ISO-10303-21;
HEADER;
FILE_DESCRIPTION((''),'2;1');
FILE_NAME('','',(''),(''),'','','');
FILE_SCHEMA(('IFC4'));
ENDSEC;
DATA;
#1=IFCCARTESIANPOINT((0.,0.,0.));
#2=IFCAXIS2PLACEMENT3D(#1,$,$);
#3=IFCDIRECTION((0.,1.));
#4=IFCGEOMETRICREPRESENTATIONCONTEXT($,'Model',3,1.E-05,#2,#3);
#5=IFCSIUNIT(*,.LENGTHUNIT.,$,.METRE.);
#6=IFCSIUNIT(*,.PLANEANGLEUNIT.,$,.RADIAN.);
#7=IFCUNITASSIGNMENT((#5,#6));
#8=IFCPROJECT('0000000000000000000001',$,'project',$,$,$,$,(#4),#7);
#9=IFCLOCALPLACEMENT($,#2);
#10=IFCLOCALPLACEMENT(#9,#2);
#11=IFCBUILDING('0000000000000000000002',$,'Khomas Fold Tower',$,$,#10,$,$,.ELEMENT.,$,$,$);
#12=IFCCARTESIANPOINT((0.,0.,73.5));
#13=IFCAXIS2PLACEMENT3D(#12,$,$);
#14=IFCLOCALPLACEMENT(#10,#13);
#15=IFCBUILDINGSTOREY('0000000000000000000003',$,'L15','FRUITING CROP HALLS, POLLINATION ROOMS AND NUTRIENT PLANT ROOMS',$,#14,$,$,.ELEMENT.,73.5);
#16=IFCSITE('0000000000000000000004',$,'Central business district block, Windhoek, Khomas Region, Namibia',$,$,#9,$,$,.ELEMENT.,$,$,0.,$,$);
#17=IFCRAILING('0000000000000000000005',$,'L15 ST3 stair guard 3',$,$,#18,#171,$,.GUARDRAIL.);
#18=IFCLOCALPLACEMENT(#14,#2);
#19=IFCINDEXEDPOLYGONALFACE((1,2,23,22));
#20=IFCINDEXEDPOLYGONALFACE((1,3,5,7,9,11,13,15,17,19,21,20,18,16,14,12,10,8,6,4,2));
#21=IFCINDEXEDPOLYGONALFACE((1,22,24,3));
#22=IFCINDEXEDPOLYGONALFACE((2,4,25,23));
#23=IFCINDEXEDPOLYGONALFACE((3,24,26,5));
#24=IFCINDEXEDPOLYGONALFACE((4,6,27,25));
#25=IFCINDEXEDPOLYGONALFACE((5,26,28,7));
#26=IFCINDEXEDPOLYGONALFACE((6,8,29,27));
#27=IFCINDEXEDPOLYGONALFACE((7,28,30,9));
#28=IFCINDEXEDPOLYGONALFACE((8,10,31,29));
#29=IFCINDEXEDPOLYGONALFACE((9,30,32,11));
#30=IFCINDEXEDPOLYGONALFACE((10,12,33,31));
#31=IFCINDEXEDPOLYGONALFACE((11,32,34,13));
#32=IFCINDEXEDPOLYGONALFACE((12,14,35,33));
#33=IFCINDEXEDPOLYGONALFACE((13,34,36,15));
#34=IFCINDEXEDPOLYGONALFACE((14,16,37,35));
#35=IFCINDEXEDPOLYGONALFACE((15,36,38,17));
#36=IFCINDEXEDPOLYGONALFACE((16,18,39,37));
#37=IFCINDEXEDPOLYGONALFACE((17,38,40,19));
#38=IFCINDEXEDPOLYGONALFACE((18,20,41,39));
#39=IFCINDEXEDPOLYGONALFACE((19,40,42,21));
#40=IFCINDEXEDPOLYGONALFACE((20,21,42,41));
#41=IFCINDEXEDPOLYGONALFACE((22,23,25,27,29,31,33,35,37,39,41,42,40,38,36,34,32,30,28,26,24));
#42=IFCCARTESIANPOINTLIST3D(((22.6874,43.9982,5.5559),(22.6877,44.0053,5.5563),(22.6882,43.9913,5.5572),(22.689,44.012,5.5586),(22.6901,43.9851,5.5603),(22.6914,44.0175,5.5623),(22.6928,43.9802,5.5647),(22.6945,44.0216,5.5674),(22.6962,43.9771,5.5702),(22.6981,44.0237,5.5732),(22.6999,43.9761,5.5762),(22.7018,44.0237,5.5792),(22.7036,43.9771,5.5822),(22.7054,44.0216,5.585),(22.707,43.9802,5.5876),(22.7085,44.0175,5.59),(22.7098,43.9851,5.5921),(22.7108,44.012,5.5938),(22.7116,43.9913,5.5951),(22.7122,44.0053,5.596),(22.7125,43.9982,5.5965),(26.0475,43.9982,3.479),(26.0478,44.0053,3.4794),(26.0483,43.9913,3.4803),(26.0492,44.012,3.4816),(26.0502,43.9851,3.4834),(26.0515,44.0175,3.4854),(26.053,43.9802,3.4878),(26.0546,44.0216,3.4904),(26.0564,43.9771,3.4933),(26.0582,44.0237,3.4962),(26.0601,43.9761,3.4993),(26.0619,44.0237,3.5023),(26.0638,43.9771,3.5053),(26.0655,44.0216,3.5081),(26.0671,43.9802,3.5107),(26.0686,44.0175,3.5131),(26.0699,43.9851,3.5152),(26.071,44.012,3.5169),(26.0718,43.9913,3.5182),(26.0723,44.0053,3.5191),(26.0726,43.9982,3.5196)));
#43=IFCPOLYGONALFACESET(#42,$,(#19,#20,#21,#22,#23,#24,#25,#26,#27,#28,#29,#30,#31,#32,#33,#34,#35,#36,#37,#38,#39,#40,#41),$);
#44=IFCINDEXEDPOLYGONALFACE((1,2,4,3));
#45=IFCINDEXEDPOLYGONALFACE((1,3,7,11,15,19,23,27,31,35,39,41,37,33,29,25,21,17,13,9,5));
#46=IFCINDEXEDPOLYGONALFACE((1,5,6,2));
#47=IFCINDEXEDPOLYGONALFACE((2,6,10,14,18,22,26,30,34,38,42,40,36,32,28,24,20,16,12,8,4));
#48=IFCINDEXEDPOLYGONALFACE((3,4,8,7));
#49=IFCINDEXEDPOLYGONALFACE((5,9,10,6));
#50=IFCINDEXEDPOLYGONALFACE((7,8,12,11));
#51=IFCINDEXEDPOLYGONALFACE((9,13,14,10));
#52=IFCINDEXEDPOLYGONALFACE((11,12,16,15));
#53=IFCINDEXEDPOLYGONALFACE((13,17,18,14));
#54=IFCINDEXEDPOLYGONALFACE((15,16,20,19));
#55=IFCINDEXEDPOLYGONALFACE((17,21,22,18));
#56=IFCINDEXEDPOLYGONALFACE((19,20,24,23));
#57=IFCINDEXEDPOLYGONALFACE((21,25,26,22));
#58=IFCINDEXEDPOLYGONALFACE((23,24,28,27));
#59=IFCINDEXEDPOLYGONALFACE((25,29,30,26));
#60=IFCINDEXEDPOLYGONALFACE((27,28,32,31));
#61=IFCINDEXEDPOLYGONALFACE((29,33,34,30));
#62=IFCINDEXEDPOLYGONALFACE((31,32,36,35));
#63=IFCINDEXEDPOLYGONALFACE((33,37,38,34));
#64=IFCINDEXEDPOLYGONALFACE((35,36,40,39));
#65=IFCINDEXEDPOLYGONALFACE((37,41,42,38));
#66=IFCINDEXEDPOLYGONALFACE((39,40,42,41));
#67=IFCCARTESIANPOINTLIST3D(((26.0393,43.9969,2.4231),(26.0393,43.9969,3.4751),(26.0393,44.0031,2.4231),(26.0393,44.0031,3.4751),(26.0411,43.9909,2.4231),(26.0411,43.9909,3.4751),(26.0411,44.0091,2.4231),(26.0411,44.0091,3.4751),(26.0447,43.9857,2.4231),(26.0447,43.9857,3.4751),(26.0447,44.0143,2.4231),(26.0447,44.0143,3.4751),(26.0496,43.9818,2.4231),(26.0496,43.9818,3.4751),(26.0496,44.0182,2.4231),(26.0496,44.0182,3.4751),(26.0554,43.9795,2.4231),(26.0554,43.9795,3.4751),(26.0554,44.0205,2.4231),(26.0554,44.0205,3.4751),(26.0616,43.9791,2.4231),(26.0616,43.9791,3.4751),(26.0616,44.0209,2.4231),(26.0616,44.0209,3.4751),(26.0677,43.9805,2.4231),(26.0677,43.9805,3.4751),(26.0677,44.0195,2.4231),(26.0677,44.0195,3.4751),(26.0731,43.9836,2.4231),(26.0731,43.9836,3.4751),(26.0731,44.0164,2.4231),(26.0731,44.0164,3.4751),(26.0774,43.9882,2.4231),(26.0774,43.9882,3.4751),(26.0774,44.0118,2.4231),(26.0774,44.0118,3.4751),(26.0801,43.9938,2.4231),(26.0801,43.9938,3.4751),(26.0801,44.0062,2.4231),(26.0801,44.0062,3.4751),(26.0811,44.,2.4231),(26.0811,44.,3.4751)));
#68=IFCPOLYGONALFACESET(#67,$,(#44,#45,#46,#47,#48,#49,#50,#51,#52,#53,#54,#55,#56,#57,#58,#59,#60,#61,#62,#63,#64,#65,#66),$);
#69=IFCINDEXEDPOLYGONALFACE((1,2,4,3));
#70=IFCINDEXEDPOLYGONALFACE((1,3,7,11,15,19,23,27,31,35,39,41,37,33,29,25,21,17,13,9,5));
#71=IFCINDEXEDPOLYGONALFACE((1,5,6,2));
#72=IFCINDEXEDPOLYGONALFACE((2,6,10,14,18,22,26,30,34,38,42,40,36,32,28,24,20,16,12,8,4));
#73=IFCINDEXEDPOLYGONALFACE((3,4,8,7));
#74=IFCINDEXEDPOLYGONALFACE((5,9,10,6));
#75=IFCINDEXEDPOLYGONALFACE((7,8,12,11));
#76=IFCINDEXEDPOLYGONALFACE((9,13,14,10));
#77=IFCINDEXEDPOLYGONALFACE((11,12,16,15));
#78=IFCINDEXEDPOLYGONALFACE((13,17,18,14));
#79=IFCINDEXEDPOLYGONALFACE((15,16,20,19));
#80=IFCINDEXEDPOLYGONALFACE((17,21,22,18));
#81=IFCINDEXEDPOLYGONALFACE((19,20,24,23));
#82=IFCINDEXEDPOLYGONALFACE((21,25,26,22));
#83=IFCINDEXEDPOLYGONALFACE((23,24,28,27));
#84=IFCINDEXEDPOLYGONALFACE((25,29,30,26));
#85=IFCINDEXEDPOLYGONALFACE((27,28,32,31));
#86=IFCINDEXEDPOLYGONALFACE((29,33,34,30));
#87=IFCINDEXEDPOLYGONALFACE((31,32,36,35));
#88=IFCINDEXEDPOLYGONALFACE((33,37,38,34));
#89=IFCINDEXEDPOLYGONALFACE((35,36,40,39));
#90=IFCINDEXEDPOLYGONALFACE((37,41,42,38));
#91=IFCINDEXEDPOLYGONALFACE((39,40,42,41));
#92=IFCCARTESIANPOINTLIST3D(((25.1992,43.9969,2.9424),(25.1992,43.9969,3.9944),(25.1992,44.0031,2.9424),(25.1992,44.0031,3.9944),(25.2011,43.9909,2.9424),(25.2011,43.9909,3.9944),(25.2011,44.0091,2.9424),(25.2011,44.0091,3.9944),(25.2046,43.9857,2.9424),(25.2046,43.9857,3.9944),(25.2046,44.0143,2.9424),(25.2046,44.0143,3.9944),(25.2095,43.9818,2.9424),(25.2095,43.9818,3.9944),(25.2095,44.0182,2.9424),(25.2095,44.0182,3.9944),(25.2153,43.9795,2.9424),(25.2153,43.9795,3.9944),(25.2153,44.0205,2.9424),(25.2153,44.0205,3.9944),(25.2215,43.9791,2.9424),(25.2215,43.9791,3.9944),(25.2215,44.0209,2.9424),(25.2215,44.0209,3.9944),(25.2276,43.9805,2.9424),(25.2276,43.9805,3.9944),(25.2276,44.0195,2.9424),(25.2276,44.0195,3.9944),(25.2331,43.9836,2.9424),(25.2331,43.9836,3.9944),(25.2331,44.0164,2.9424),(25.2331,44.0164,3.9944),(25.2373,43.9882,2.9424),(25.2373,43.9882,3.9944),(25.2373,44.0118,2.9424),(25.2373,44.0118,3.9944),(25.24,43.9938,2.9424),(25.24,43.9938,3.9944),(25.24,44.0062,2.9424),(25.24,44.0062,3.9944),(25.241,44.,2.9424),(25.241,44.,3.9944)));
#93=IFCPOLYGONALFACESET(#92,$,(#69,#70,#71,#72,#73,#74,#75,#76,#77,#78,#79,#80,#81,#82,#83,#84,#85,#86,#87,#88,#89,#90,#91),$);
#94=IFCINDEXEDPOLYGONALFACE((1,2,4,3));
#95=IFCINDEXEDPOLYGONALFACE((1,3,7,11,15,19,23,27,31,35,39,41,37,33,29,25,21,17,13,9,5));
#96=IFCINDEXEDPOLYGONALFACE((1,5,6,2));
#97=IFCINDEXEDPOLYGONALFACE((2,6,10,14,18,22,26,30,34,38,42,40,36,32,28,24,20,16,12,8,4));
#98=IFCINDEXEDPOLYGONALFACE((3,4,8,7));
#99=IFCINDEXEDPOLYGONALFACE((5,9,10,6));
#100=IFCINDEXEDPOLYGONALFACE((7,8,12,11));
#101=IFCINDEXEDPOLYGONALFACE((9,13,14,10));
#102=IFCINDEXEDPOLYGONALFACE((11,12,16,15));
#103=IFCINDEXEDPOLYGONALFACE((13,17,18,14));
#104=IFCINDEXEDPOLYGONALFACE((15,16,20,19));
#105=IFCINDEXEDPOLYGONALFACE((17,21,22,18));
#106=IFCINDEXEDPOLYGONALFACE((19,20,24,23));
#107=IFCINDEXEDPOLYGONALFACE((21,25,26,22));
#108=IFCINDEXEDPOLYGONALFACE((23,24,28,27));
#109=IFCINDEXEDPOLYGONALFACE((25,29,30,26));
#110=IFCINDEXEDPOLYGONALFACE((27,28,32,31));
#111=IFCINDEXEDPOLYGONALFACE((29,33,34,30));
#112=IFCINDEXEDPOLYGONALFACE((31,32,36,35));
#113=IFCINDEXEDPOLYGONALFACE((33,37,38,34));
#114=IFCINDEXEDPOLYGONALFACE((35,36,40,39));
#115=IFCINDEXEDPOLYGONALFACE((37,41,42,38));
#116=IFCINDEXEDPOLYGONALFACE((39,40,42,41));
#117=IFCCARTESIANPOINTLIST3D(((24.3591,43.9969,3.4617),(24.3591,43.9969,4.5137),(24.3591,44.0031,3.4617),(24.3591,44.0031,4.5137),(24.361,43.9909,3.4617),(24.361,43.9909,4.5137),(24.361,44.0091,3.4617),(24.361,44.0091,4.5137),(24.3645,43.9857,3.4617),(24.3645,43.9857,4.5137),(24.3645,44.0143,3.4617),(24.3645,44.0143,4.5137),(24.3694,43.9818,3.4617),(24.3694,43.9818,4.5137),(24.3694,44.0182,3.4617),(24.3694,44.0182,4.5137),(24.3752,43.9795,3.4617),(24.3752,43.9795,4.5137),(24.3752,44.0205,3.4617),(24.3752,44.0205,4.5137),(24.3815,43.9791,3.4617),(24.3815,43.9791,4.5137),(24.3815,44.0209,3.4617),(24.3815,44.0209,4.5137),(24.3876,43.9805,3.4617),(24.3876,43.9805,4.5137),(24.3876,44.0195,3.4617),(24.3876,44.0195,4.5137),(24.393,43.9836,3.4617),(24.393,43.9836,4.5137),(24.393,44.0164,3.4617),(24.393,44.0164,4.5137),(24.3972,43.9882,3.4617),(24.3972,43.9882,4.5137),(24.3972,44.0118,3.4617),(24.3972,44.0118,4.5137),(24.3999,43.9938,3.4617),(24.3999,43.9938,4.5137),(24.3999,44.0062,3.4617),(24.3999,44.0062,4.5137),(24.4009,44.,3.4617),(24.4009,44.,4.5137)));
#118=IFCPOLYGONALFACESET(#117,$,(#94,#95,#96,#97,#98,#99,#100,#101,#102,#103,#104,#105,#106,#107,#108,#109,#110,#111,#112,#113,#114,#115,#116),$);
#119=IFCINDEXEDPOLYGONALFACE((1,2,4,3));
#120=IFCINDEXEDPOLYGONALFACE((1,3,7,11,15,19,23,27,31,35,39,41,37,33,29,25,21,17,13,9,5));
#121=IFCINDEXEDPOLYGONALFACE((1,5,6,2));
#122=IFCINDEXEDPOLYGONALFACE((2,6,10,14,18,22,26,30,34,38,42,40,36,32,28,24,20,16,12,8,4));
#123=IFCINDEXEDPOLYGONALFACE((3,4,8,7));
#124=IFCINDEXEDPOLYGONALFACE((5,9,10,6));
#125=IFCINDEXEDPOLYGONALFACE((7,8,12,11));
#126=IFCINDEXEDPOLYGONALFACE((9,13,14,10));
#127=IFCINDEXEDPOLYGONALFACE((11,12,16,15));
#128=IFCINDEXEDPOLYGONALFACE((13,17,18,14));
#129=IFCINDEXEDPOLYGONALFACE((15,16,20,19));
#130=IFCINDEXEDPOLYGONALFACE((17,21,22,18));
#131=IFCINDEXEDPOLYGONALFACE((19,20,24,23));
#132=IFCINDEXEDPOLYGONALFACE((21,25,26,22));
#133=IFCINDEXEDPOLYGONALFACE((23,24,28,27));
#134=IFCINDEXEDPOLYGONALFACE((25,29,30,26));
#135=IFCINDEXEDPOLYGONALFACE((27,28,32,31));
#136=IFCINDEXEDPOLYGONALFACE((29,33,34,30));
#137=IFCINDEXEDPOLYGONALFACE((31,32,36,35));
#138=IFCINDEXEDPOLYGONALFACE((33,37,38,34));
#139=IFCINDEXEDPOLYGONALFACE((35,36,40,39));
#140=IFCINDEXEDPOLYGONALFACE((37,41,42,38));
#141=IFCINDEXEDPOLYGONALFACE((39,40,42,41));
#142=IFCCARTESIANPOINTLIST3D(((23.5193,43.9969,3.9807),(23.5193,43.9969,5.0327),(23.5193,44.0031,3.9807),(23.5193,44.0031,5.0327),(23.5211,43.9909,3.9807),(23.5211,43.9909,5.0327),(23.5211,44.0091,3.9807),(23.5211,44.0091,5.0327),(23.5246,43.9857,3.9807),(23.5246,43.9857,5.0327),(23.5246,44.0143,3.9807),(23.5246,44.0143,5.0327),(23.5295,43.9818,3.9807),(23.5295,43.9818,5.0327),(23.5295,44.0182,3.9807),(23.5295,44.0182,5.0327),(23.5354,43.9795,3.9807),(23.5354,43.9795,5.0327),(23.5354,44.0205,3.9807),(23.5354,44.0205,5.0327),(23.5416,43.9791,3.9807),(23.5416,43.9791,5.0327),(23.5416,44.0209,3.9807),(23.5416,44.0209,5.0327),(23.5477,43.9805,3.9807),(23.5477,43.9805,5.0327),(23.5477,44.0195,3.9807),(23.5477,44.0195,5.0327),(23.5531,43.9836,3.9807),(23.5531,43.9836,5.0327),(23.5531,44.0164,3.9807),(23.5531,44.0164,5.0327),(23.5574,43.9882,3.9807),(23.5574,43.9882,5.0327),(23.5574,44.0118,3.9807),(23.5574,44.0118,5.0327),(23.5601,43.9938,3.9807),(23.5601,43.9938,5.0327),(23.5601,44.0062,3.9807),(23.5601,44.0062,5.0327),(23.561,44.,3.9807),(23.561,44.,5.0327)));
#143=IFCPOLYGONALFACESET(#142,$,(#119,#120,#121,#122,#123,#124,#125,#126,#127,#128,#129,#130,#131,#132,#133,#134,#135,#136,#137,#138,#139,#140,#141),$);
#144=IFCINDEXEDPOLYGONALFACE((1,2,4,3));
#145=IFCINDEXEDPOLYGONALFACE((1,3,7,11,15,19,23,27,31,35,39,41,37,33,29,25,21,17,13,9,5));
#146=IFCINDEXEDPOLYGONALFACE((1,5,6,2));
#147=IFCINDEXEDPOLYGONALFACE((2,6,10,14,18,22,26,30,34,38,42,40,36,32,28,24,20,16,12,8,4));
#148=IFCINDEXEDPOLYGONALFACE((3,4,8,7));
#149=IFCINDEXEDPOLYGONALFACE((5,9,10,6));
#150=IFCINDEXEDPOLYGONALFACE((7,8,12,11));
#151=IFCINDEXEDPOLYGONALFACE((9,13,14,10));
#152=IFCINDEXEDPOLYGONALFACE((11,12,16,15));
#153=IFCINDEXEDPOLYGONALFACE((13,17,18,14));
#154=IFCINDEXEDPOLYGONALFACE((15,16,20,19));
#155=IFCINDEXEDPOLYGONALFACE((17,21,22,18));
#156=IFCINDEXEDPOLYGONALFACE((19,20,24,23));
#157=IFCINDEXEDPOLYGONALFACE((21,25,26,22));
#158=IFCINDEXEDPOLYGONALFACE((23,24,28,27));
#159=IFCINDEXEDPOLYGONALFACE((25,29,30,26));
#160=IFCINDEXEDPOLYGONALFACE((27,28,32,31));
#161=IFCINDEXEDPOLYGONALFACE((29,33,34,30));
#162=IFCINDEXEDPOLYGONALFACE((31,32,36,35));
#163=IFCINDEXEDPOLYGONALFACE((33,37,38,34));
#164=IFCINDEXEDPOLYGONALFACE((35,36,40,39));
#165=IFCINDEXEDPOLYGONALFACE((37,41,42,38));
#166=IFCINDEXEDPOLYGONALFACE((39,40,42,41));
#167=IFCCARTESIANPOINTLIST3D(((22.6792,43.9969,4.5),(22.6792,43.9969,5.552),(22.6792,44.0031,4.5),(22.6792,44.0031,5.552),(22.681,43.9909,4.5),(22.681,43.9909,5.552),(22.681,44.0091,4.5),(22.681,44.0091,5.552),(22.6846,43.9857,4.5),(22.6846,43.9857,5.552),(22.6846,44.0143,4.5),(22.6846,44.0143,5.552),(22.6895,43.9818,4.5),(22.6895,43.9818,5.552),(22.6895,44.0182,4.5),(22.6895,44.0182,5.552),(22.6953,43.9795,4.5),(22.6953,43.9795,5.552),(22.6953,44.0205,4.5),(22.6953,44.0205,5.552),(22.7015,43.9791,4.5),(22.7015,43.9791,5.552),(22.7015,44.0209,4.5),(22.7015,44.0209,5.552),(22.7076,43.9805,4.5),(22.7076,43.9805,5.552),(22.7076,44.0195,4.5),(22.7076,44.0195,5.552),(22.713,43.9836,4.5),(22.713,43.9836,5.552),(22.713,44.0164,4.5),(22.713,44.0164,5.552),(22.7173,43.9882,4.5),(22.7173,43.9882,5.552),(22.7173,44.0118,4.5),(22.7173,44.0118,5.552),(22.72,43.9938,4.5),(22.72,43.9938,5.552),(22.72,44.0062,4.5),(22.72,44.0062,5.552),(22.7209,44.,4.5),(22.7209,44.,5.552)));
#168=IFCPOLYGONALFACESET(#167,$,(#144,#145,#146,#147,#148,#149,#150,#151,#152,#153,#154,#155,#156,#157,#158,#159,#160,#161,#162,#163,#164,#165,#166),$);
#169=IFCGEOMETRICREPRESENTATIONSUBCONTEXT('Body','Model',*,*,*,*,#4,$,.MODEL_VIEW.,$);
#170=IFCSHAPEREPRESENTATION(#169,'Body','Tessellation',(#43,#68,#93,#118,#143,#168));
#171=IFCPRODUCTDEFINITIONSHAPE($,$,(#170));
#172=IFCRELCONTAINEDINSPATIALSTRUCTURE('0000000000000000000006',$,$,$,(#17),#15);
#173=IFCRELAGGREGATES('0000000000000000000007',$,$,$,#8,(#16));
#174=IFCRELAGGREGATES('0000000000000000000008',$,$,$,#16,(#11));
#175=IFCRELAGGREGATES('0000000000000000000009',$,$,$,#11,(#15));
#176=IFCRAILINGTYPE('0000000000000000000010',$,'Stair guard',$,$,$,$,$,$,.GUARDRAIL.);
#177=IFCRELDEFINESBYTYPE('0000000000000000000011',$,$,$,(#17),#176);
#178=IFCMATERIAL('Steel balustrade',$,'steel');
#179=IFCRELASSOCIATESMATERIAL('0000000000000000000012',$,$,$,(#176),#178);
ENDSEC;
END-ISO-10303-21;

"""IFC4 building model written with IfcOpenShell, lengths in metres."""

from ifc_helpers import new_model, si_unit, direction, frame, origin, origin_2d, place, context, subcontext, project, spatial, circle, extrude, source, transform, mapped, material, type_object, element, save


model = new_model("IFC4")

# Units and contexts
model_context = context("Model", 3, precision=1e-05, world=origin(), true_north=direction((0.0, 1.0)))
body_context = subcontext(model_context, "Body", "Model", "MODEL_VIEW")
ifc_project = project(units=[si_unit("LENGTHUNIT", "METRE"), si_unit("PLANEANGLEUNIT", "RADIAN")], contexts=[model_context])

# Site, building, storey
site_placement = place(None, origin())
site = spatial("IfcSite", under=ifc_project, at=site_placement, Name="Central business district block, Windhoek, Khomas Region, Namibia", CompositionType="ELEMENT", RefElevation=0.0)
building_placement = place(site_placement, origin())
building = spatial("IfcBuilding", under=site, at=building_placement, Name="Khomas Fold Tower", CompositionType="ELEMENT")
storey_placement = place(building_placement, frame((0.0, 0.0, 73.5)))
storey = spatial("IfcBuildingStorey", under=building, at=storey_placement, Name="L15", Description="FRUITING CROP HALLS, POLLINATION ROOMS AND NUTRIENT PLANT ROOMS", CompositionType="ELEMENT", Elevation=73.5)

# Railing
ifc_material_1 = material(Name="Steel balustrade", Category="steel")
railing_type_1 = type_object("IfcRailingType", Name="Stair guard", PredefinedType="GUARDRAIL", material=ifc_material_1)
shared_shape_1 = source(origin(), body_context, "Body", "SweptSolid", [
    extrude(circle(Radius=0.0239, at=origin_2d()), frame((0.0, 0.0, 1.0762), z_axis=(-0.850623, 0.0, 0.525776), x_axis=(0.0, -1.0, 0.0)), (0.0, 0.0, 1.0), 3.9502),
    extrude(circle(Radius=0.021, at=origin_2d()), origin(), (0.0, 0.0, 1.0), 1.052),
    extrude(circle(Radius=0.021, at=origin_2d()), frame((-0.8401, 0.0, 0.5193)), (0.0, 0.0, 1.0), 1.052),
    extrude(circle(Radius=0.021, at=origin_2d()), frame((-1.6802, 0.0, 1.0386)), (0.0, 0.0, 1.0), 1.052),
    extrude(circle(Radius=0.021, at=origin_2d()), frame((-2.52, 0.0, 1.5576)), (0.0, 0.0, 1.0), 1.052),
    extrude(circle(Radius=0.021, at=origin_2d()), frame((-3.3601, 0.0, 2.0769)), (0.0, 0.0, 1.0), 1.052),
])
railing_1_placement = place(storey_placement, frame((26.0601, 44.0, 2.4231)))
element("IfcRailing", 1, at=railing_1_placement, inside=storey, type_object=railing_type_1, Name="L15 ST3 stair guard 3", PredefinedType="GUARDRAIL", context=body_context, shape_type="MappedRepresentation", body=[
    mapped(shared_shape_1, transform((0.0, 0.0, 0.0))),
])

save(model, "model.ifc")
